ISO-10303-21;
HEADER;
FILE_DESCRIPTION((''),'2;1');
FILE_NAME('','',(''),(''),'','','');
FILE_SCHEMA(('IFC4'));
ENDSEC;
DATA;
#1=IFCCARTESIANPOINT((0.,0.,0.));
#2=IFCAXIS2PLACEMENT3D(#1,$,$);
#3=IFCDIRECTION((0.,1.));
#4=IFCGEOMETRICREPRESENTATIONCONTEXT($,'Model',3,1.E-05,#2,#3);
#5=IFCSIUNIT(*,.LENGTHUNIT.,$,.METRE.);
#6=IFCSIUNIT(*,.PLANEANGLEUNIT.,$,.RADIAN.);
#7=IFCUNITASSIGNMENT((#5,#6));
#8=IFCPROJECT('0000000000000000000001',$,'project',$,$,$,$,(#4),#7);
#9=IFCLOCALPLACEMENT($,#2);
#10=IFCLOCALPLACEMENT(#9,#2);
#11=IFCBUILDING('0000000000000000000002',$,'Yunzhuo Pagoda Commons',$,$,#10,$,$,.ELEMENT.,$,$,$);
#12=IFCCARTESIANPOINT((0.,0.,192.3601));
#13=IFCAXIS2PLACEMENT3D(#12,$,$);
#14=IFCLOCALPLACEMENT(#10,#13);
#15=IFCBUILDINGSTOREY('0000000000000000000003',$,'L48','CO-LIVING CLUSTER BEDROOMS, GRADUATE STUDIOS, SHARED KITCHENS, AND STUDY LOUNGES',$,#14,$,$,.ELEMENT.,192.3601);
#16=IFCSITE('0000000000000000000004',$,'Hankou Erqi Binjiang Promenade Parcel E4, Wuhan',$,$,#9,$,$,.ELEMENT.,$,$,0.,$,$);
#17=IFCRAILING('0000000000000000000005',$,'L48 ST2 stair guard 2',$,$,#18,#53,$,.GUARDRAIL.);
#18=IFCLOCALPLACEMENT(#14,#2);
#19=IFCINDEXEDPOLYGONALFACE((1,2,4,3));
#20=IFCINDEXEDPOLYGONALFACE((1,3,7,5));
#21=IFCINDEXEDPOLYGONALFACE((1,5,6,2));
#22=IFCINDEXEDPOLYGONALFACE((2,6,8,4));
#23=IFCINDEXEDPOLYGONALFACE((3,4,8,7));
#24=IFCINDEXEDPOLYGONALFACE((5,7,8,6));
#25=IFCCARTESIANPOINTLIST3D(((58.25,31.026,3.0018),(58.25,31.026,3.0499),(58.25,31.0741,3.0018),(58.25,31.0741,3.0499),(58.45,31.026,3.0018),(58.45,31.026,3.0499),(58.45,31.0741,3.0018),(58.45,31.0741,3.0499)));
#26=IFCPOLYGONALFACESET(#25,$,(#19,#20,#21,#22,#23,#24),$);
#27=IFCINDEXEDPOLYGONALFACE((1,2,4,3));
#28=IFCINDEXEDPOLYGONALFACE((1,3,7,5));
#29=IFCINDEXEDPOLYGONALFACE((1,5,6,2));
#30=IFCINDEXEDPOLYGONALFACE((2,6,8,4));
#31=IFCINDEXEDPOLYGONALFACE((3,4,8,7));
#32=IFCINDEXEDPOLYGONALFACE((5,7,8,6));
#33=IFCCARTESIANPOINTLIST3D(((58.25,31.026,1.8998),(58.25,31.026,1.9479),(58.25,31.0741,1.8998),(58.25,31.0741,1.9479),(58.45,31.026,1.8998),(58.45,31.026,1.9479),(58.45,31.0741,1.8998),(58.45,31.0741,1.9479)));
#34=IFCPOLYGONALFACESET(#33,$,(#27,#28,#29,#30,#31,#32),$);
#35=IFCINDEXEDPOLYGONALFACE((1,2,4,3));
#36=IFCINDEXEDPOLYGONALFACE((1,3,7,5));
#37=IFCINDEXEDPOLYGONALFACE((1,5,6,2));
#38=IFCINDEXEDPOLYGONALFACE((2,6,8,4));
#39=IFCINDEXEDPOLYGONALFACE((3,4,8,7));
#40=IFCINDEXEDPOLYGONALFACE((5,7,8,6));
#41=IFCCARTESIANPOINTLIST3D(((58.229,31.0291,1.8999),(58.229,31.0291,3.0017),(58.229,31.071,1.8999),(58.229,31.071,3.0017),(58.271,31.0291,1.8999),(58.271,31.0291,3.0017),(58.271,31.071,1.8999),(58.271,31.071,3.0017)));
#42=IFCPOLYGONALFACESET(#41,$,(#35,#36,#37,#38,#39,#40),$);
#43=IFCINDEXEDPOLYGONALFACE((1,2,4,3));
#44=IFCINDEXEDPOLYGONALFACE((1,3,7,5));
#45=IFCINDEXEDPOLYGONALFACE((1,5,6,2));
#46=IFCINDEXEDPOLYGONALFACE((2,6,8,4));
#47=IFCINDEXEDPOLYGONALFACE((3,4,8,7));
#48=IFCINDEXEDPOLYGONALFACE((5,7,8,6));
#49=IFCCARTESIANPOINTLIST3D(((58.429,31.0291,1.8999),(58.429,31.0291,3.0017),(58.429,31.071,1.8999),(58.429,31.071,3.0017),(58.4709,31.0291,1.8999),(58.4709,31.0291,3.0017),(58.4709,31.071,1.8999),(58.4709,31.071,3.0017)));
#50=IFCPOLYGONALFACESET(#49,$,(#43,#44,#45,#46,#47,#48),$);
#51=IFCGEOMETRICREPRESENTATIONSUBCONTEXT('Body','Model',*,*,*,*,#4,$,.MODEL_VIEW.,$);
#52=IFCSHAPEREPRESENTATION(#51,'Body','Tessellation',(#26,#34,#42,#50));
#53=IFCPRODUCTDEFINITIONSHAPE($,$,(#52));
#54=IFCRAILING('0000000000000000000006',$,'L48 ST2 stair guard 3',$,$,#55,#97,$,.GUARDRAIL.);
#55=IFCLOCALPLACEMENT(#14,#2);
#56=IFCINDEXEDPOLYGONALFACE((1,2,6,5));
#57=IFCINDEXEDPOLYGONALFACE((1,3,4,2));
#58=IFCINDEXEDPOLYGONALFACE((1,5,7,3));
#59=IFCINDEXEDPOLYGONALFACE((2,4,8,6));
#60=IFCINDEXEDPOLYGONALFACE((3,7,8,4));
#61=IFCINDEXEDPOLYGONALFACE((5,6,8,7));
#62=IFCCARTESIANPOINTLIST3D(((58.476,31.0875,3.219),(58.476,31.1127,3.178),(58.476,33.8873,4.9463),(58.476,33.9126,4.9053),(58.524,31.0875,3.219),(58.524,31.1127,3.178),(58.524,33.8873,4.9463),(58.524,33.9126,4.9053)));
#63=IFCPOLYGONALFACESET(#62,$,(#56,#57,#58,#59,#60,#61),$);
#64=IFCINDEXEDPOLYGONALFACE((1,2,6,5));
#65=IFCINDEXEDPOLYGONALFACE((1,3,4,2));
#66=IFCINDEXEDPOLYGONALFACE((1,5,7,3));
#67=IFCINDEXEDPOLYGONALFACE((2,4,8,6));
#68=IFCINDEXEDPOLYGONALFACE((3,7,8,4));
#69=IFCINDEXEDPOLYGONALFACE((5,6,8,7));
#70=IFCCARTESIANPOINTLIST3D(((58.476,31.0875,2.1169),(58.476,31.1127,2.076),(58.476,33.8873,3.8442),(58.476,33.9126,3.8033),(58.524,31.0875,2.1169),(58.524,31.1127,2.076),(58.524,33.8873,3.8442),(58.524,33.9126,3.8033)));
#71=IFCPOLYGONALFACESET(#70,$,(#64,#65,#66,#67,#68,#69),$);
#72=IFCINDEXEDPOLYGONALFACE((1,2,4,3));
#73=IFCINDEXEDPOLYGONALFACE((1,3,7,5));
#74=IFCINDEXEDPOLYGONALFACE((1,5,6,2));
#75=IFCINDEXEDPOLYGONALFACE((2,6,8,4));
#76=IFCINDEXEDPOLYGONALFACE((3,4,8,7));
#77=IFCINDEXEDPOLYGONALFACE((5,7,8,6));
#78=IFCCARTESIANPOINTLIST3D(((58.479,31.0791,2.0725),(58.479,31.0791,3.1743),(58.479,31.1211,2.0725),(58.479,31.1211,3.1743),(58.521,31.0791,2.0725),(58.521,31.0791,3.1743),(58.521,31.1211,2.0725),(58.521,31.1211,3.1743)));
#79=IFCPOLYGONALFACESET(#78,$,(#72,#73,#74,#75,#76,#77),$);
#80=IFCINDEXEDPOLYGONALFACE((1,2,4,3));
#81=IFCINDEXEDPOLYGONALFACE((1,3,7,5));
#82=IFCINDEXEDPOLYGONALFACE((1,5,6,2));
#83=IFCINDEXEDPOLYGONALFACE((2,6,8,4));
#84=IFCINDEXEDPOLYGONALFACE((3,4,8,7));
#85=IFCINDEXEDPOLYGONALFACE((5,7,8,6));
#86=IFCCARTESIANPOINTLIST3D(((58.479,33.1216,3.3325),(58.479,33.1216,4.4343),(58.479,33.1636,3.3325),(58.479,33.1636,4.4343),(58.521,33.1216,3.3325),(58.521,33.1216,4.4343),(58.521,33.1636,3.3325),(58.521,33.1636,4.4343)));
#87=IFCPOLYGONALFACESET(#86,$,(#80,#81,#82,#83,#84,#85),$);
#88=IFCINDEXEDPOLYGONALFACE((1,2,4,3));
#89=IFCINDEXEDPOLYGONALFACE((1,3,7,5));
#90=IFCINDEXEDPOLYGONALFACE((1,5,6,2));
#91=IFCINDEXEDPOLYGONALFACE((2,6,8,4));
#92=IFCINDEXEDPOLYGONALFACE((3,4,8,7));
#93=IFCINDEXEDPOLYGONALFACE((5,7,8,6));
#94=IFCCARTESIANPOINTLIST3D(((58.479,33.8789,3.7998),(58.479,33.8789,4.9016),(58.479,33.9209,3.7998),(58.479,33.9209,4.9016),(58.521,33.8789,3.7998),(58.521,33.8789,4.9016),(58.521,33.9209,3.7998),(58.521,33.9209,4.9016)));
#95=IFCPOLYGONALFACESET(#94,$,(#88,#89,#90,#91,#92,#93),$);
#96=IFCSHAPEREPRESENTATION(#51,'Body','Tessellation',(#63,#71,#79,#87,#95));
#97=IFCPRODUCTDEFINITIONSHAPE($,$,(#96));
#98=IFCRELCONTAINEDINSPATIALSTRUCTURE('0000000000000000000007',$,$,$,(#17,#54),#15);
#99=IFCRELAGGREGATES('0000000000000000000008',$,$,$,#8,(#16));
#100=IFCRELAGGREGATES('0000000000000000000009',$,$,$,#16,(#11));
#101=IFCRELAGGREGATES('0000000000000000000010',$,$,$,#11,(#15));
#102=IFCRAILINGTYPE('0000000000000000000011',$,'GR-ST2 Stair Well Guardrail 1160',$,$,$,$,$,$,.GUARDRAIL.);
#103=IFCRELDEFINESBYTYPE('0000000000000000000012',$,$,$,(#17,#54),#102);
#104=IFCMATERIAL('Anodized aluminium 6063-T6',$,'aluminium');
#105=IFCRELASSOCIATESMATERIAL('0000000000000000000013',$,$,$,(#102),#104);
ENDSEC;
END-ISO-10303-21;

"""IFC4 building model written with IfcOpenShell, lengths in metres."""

from ifc_helpers import new_model, si_unit, direction, frame, origin, origin_2d, place, context, subcontext, project, spatial, rectangle, extrude, material, type_object, element, save


model = new_model("IFC4")

# Units and contexts
model_context = context("Model", 3, precision=1e-05, world=origin(), true_north=direction((0.0, 1.0)))
body_context = subcontext(model_context, "Body", "Model", "MODEL_VIEW")
ifc_project = project(units=[si_unit("LENGTHUNIT", "METRE"), si_unit("PLANEANGLEUNIT", "RADIAN")], contexts=[model_context])

# Site, building, storey
site_placement = place(None, origin())
site = spatial("IfcSite", under=ifc_project, at=site_placement, Name="Hankou Erqi Binjiang Promenade Parcel E4, Wuhan", CompositionType="ELEMENT", RefElevation=0.0)
building_placement = place(site_placement, origin())
building = spatial("IfcBuilding", under=site, at=building_placement, Name="Yunzhuo Pagoda Commons", CompositionType="ELEMENT")
storey_placement = place(building_placement, frame((0.0, 0.0, 192.3601)))
storey = spatial("IfcBuildingStorey", under=building, at=storey_placement, Name="L48", Description="CO-LIVING CLUSTER BEDROOMS, GRADUATE STUDIOS, SHARED KITCHENS, AND STUDY LOUNGES", CompositionType="ELEMENT", Elevation=192.3601)

# Railings
ifc_material_1 = material(Name="Anodized aluminium 6063-T6", Category="aluminium")
railing_type = type_object("IfcRailingType", Name="GR-ST2 Stair Well Guardrail 1160", PredefinedType="GUARDRAIL", material=ifc_material_1)
railing_1_placement = place(storey_placement, frame((58.25, 31.05, 1.8999)))
element("IfcRailing", 1, at=railing_1_placement, inside=storey, type_object=railing_type, Name="L48 ST2 stair guard 2", PredefinedType="GUARDRAIL", context=body_context, shape_type="SweptSolid", body=[
    extrude(rectangle(XDim=0.0481, YDim=0.0481, at=origin_2d()), frame((0.0, 0.0, 1.126), z_axis=(1.0, 0.0, 0.0), x_axis=(0.0, 1.0, 0.0)), (0.0, 0.0, 1.0), 0.2),
    extrude(rectangle(XDim=0.0481, YDim=0.0481, at=origin_2d()), frame((0.0, 0.0, 0.0239), z_axis=(1.0, 0.0, 0.0), x_axis=(0.0, 1.0, 0.0)), (0.0, 0.0, 1.0), 0.2),
    extrude(rectangle(XDim=0.042, YDim=0.042, at=origin_2d()), origin(), (0.0, 0.0, 1.0), 1.1018),
    extrude(rectangle(XDim=0.042, YDim=0.042, at=origin_2d()), frame((0.2, 0.0, 0.0)), (0.0, 0.0, 1.0), 1.1018),
])
railing_2_placement = place(storey_placement, frame((58.5, 31.1001, 2.0725)))
element("IfcRailing", 2, at=railing_2_placement, inside=storey, type_object=railing_type, Name="L48 ST2 stair guard 3", PredefinedType="GUARDRAIL", context=body_context, shape_type="SweptSolid", body=[
    extrude(rectangle(XDim=0.0481, YDim=0.0481, at=origin_2d()), frame((0.0, 0.0, 1.126), z_axis=(0.0, 0.851069, 0.525054), x_axis=(-1.0, 0.0, 0.0)), (0.0, 0.0, 1.0), 3.2898),
    extrude(rectangle(XDim=0.0481, YDim=0.0481, at=origin_2d()), frame((0.0, 0.0, 0.0239), z_axis=(0.0, 0.851069, 0.525054), x_axis=(-1.0, 0.0, 0.0)), (0.0, 0.0, 1.0), 3.2898),
    extrude(rectangle(XDim=0.042, YDim=0.042, at=origin_2d()), origin(), (0.0, 0.0, 1.0), 1.1018),
    extrude(rectangle(XDim=0.042, YDim=0.042, at=origin_2d()), frame((0.0, 2.0425, 1.26)), (0.0, 0.0, 1.0), 1.1018),
    extrude(rectangle(XDim=0.042, YDim=0.042, at=origin_2d()), frame((0.0, 2.7998, 1.7273)), (0.0, 0.0, 1.0), 1.1018),
])

save(model, "model.ifc")
